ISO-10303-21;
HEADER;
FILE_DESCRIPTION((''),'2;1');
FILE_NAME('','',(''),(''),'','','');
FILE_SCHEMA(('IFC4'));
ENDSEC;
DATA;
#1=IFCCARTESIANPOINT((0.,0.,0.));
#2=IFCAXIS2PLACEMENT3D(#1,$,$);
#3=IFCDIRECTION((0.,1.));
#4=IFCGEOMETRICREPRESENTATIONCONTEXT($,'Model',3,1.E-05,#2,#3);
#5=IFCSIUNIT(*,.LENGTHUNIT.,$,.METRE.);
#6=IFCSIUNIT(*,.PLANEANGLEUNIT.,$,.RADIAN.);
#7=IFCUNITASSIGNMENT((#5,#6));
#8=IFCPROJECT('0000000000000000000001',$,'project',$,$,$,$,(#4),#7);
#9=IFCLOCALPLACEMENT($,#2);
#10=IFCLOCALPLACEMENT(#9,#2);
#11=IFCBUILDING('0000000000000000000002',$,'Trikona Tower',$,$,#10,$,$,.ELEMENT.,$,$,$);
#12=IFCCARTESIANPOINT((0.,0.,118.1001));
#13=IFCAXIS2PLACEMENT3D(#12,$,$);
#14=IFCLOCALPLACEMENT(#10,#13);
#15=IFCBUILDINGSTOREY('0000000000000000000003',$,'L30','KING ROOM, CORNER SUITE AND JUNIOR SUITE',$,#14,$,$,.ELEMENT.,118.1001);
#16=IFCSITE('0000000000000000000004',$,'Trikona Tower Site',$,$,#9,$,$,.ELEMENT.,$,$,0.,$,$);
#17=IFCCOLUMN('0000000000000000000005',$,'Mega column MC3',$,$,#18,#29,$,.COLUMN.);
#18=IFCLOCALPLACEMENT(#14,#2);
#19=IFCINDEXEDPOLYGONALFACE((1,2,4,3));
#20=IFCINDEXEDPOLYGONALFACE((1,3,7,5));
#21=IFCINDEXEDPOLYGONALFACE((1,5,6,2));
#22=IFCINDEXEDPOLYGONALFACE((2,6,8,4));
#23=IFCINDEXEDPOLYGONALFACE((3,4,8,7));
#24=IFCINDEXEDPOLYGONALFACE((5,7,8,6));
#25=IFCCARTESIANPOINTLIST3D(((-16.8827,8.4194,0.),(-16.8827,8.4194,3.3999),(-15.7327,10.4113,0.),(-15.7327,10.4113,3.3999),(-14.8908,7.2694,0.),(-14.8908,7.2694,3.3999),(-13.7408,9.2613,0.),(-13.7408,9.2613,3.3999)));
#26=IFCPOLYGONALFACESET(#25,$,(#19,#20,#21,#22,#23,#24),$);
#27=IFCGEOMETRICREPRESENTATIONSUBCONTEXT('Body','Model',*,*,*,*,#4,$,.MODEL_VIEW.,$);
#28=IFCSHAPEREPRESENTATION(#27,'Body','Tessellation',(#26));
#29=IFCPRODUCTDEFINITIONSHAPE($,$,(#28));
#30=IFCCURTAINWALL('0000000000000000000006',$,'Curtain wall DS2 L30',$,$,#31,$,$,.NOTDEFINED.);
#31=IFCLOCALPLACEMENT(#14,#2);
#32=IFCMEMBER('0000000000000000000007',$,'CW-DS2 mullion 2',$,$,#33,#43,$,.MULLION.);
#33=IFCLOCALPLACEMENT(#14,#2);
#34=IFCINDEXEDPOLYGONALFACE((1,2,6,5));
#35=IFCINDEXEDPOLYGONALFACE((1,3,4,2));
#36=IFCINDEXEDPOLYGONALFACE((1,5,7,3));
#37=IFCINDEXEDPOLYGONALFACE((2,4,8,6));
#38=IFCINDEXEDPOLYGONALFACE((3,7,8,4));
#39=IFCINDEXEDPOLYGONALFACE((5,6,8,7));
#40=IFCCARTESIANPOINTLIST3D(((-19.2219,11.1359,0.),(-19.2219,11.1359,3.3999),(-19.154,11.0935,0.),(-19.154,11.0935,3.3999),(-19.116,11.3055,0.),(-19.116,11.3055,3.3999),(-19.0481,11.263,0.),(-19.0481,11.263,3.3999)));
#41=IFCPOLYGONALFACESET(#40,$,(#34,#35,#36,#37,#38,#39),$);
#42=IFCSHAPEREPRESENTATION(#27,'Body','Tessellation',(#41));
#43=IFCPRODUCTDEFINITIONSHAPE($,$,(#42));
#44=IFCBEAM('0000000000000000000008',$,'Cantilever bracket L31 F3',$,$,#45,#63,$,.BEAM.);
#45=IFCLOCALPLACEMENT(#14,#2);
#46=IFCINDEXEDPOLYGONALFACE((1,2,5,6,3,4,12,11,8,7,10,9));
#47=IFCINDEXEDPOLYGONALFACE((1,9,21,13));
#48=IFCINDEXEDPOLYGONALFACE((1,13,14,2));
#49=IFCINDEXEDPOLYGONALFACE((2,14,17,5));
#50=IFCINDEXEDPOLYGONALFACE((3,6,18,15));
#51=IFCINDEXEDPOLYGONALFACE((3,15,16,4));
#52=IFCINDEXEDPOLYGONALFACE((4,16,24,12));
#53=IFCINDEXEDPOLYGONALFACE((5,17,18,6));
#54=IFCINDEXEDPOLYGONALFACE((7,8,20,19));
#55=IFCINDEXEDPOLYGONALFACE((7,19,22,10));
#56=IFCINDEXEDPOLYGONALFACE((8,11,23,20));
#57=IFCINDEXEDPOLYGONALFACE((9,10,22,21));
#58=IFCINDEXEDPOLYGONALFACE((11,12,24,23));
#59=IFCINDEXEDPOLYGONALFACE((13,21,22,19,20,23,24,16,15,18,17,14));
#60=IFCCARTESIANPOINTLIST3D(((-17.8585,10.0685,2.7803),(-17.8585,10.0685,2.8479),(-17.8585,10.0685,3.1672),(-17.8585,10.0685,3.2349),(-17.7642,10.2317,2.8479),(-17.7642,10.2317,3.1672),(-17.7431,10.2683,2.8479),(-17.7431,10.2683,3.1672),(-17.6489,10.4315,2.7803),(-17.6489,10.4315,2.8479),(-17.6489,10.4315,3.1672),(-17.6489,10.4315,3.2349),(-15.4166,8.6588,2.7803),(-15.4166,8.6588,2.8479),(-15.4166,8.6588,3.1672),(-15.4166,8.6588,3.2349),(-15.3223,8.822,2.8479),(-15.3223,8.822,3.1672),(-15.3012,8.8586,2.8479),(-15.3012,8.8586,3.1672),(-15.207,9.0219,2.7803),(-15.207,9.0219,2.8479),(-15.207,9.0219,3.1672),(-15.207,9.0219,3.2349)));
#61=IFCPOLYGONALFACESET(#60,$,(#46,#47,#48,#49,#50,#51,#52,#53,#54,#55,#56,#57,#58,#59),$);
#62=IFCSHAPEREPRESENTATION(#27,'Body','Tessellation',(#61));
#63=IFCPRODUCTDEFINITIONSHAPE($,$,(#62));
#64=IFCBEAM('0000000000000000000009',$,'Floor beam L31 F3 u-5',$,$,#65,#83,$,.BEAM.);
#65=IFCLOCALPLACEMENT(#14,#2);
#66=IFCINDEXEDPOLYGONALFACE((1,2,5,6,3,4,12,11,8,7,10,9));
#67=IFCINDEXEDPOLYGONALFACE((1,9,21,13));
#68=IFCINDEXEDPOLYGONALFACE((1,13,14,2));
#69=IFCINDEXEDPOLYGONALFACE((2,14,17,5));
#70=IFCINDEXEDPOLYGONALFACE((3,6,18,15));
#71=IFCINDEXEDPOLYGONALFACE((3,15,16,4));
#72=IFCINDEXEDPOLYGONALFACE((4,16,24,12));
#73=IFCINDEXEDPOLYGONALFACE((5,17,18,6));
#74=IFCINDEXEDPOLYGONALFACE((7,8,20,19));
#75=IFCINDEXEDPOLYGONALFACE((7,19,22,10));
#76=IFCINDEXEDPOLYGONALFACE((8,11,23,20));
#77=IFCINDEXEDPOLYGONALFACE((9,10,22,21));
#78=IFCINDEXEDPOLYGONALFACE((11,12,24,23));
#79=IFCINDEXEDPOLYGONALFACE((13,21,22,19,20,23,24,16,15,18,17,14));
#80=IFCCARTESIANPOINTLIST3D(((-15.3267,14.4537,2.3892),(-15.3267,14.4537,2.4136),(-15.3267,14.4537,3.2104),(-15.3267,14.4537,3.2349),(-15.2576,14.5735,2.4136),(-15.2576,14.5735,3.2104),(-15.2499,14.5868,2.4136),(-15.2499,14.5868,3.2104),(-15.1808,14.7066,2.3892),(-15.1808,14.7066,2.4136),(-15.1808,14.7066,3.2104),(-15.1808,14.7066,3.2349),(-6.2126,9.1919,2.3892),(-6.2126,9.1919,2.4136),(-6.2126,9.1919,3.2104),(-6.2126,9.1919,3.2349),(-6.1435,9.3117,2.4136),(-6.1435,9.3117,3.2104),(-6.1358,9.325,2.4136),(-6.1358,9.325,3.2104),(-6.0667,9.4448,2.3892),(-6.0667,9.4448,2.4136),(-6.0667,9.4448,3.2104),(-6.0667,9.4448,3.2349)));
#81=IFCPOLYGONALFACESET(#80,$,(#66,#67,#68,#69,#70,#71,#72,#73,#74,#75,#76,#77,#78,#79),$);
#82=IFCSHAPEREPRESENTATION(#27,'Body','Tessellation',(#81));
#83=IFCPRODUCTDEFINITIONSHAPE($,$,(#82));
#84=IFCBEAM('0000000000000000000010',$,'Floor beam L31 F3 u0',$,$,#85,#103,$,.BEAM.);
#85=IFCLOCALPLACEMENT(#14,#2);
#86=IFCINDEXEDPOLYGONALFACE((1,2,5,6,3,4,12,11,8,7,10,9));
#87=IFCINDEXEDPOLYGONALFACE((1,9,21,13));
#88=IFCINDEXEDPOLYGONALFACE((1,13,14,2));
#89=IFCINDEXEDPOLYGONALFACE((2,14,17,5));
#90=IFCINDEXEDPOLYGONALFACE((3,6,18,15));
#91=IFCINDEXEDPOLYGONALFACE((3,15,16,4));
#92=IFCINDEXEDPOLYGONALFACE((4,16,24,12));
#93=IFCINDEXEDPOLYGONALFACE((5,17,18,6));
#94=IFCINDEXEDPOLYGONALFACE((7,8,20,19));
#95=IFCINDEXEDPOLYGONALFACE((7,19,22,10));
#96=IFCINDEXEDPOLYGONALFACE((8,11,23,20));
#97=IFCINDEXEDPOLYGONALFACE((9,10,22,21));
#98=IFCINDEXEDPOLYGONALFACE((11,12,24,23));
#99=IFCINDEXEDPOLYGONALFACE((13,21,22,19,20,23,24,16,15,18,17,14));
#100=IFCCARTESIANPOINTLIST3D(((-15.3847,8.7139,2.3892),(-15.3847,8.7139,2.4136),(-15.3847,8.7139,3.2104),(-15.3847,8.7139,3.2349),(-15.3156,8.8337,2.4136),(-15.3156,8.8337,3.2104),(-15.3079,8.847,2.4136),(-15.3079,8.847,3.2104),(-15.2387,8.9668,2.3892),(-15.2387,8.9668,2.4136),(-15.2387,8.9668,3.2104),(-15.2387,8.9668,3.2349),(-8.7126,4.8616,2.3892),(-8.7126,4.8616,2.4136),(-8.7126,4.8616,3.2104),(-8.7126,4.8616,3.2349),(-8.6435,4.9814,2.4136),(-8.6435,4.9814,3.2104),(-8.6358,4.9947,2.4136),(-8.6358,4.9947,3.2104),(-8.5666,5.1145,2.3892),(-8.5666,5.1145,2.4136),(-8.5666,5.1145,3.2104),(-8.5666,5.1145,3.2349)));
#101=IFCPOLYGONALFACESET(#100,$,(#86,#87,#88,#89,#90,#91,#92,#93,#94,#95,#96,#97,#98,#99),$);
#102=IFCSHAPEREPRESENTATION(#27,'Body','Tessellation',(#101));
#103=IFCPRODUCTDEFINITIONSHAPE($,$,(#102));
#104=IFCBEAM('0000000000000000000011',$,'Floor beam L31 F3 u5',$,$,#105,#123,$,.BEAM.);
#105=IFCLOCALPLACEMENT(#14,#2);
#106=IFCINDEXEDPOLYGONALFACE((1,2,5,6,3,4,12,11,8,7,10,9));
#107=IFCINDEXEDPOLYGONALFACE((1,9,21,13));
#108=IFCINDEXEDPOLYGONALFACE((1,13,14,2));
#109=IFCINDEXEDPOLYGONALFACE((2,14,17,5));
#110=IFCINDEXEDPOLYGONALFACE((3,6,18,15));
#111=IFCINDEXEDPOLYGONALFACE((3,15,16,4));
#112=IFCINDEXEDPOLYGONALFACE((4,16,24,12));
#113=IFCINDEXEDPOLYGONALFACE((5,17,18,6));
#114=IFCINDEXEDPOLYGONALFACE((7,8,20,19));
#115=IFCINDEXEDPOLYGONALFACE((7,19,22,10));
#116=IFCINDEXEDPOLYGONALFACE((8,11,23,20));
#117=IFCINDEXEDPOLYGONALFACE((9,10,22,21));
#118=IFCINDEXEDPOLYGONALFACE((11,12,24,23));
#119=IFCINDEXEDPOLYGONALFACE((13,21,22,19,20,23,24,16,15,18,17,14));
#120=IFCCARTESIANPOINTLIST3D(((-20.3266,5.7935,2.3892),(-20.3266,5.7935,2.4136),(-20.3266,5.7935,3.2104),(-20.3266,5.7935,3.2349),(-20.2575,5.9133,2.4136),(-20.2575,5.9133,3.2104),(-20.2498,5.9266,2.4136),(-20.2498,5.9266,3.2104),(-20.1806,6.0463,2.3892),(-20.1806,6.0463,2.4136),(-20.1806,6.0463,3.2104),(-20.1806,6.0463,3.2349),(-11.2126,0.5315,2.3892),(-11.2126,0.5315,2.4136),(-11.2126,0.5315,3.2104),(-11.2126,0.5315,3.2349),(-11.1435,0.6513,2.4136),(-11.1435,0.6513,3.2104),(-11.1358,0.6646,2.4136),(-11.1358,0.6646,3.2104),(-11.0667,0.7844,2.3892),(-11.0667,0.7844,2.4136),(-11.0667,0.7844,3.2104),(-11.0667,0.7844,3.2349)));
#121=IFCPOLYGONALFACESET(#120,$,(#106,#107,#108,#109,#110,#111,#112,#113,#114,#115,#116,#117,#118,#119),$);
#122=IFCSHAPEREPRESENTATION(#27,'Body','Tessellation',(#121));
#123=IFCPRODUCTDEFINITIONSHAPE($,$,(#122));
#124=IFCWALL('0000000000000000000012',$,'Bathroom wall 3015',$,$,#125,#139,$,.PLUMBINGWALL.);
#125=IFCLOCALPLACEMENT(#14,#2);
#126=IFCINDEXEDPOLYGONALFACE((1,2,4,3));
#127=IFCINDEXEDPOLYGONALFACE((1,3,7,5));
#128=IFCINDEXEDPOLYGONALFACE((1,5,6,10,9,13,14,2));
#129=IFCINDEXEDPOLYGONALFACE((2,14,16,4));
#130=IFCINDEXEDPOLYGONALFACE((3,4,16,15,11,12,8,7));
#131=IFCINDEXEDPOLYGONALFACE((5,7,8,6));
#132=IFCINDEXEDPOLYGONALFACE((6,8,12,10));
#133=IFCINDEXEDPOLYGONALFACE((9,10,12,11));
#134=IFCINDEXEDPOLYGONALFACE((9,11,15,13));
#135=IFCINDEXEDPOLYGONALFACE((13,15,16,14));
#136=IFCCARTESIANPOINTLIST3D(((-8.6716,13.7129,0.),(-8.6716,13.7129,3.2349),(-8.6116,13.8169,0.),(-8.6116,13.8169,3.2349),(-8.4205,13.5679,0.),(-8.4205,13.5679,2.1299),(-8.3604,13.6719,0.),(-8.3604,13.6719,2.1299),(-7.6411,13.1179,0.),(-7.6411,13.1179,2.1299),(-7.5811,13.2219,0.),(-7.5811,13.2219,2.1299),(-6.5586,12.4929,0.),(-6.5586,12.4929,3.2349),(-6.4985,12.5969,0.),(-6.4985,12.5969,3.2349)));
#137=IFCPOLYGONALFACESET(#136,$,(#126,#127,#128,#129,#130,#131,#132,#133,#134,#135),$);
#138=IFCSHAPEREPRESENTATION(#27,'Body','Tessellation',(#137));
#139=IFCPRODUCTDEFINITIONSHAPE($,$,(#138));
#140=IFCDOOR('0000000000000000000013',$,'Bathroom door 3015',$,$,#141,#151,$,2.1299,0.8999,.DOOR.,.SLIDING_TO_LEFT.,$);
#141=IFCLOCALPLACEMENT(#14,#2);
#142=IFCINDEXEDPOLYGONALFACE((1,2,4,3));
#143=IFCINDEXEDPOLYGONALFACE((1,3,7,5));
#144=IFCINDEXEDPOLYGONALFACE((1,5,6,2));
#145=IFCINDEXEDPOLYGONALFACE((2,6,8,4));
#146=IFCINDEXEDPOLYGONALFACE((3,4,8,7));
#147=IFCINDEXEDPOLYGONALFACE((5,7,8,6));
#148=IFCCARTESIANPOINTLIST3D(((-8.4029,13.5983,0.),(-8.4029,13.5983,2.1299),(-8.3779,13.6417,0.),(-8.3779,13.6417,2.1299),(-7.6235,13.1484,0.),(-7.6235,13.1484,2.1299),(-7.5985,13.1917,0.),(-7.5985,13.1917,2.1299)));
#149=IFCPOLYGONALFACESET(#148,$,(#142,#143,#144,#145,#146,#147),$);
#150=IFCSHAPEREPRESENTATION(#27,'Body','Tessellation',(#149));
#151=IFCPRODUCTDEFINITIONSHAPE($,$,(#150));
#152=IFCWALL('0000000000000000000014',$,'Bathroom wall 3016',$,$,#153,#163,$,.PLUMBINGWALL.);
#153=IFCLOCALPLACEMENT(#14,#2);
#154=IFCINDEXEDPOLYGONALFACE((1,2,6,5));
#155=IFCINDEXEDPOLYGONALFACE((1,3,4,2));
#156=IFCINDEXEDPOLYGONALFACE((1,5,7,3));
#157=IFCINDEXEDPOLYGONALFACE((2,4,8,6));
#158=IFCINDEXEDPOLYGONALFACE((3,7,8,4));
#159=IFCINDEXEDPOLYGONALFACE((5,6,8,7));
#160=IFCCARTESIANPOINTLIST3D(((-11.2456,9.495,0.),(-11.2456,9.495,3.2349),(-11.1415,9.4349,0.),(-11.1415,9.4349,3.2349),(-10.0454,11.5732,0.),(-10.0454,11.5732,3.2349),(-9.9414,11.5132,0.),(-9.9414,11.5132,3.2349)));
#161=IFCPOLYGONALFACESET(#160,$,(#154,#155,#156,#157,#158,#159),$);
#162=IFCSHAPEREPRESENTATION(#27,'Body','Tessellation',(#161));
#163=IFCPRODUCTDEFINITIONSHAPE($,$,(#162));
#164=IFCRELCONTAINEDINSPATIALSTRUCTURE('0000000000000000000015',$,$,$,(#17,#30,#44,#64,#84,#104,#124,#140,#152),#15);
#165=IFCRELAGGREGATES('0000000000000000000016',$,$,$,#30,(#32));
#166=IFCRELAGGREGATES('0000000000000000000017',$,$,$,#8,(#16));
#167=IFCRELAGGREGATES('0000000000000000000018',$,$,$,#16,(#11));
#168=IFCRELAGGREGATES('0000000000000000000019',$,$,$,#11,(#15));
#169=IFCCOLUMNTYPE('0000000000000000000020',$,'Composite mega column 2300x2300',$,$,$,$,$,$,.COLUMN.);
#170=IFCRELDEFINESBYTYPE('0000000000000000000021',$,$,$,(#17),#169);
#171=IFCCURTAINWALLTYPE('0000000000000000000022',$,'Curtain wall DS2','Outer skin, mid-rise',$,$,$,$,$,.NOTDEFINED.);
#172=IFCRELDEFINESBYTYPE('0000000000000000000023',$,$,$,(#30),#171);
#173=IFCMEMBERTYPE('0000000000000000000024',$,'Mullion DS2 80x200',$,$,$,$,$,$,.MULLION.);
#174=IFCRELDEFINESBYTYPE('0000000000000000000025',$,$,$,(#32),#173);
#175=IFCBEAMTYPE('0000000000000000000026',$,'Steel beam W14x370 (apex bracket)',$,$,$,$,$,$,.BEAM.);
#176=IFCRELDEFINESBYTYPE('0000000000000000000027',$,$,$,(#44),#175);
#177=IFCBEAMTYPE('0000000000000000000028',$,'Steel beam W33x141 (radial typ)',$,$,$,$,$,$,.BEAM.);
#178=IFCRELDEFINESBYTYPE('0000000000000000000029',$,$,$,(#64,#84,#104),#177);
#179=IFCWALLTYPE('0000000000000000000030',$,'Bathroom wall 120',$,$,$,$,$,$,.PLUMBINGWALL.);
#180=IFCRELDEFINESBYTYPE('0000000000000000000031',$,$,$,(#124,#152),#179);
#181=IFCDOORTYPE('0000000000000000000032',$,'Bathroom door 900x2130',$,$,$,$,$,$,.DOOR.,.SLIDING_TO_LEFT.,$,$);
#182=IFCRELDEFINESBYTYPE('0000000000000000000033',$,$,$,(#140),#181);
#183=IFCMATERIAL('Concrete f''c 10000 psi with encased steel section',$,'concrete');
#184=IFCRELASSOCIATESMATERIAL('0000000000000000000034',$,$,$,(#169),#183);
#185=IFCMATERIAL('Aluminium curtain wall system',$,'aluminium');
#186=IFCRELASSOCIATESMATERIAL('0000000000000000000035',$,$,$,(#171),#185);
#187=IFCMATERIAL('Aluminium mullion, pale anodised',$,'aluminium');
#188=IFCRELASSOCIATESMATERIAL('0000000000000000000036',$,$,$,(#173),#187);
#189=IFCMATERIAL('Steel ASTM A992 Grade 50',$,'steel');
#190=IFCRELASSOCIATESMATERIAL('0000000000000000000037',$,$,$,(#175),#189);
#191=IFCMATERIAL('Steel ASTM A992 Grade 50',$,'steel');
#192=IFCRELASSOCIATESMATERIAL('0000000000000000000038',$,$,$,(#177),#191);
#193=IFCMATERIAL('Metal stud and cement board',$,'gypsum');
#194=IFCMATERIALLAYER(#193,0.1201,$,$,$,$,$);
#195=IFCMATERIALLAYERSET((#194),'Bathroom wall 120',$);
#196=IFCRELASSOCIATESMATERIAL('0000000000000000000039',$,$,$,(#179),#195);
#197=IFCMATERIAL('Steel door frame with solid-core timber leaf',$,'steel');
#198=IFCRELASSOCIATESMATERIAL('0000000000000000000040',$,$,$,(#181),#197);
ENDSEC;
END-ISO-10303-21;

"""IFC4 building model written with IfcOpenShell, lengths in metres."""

from ifc_helpers import new_model, si_unit, direction, frame, frame_2d, origin, origin_2d, place, context, subcontext, project, spatial, rectangle, i_section, extrude, material, layer, layer_set, material_profile, profile_set, type_object, element, fill, aggregate, save


model = new_model("IFC4")

# Units and contexts
model_context = context("Model", 3, precision=1e-05, world=origin(), true_north=direction((0.0, 1.0)))
body_context = subcontext(model_context, "Body", "Model", "MODEL_VIEW")
ifc_project = project(units=[si_unit("LENGTHUNIT", "METRE"), si_unit("PLANEANGLEUNIT", "RADIAN")], contexts=[model_context])

# Site, building, storey
site_placement = place(None, origin())
site = spatial("IfcSite", under=ifc_project, at=site_placement, Name="Trikona Tower Site", CompositionType="ELEMENT", RefElevation=0.0)
building_placement = place(site_placement, origin())
building = spatial("IfcBuilding", under=site, at=building_placement, Name="Trikona Tower", CompositionType="ELEMENT")
storey_placement = place(building_placement, frame((0.0, 0.0, 118.1001)))
storey = spatial("IfcBuildingStorey", under=building, at=storey_placement, Name="L30", Description="KING ROOM, CORNER SUITE AND JUNIOR SUITE", CompositionType="ELEMENT", Elevation=118.1001)

# Column
ifc_material_1 = material(Name="Concrete f'c 10000 psi with encased steel section", Category="concrete")
ifc_material_profile_1 = material_profile(ifc_material_1, rectangle(XDim=2.3, YDim=2.3, at=origin_2d()), Name="MC2300")
ifc_profile_set_1 = profile_set([ifc_material_profile_1], Name="Concrete f'c 10000 psi with encased steel section")
column_type = type_object("IfcColumnType", Name="Composite mega column 2300x2300", PredefinedType="COLUMN", material=ifc_profile_set_1)
column_placement = place(storey_placement, frame((-15.3118, 8.8403, 0.0), z_axis=(0.0, 0.0, 1.0), x_axis=(-0.866025, 0.5, 0.0)))
element("IfcColumn", 1, at=column_placement, inside=storey, type_object=column_type, Name="Mega column MC3", PredefinedType="COLUMN", context=body_context, shape_type="SweptSolid", body=[
    extrude(rectangle(XDim=2.3, YDim=2.3, at=origin_2d()), origin(), (0.0, 0.0, 1.0), 3.3999),
])

# Curtain wall, member
ifc_material_2 = material(Name="Aluminium curtain wall system", Category="aluminium")
curtain_wall_type = type_object("IfcCurtainWallType", Name="Curtain wall DS2", Description="Outer skin, mid-rise", PredefinedType="NOTDEFINED", material=ifc_material_2)
curtain_wall_placement = place(storey_placement, origin())
curtain_wall = element("IfcCurtainWall", 2, at=curtain_wall_placement, inside=storey, type_object=curtain_wall_type, Name="Curtain wall DS2 L30", PredefinedType="NOTDEFINED")
ifc_material_3 = material(Name="Aluminium mullion, pale anodised", Category="aluminium")
ifc_material_profile_2 = material_profile(ifc_material_3, rectangle(XDim=0.0801, YDim=0.2, at=origin_2d()), Name="MUL-DS2")
ifc_profile_set_2 = profile_set([ifc_material_profile_2], Name="Aluminium mullion, pale anodised")
member_type = type_object("IfcMemberType", Name="Mullion DS2 80x200", PredefinedType="MULLION", material=ifc_profile_set_2)
member_placement = place(storey_placement, frame((-19.135, 11.1995, 0.0), z_axis=(0.0, 0.0, 1.0), x_axis=(0.847998, -0.529999, 0.0)))
member = element("IfcMember", 3, at=member_placement, type_object=member_type, Name="CW-DS2 mullion 2", PredefinedType="MULLION", context=body_context, shape_type="SweptSolid", body=[
    extrude(rectangle(XDim=0.0801, YDim=0.2, at=origin_2d()), origin(), (0.0, 0.0, 1.0), 3.3999),
])
aggregate(curtain_wall, [member])

# Beams
ifc_material_4 = material(Name="Steel ASTM A992 Grade 50", Category="steel")
ifc_material_profile_3 = material_profile(ifc_material_4, i_section(OverallWidth=0.4192, OverallDepth=0.4546, WebThickness=0.0422, FlangeThickness=0.0676, at=origin_2d()), Name="W14X370")
ifc_profile_set_3 = profile_set([ifc_material_profile_3], Name="Steel ASTM A992 Grade 50")
beam_type_1 = type_object("IfcBeamType", Name="Steel beam W14x370 (apex bracket)", PredefinedType="BEAM", material=ifc_profile_set_3)
beam_1_placement = place(storey_placement, frame((-15.3118, 8.8403, 3.0076), z_axis=(-0.86605, 0.499957, 0.0), x_axis=(-0.499957, -0.86605, 0.0)))
element("IfcBeam", 4, at=beam_1_placement, inside=storey, type_object=beam_type_1, Name="Cantilever bracket L31 F3", PredefinedType="BEAM", context=body_context, shape_type="SweptSolid", body=[
    extrude(i_section(OverallWidth=0.4192, OverallDepth=0.4546, WebThickness=0.0422, FlangeThickness=0.0676, at=origin_2d()), origin(), (0.0, 0.0, 1.0), 2.8196),
])
ifc_material_5 = material(Name="Steel ASTM A992 Grade 50", Category="steel")
ifc_material_profile_4 = material_profile(ifc_material_5, i_section(OverallWidth=0.292, OverallDepth=0.8457, WebThickness=0.0154, FlangeThickness=0.0244, at=origin_2d()), Name="W33X141")
ifc_profile_set_4 = profile_set([ifc_material_profile_4], Name="Steel ASTM A992 Grade 50")
beam_type_2 = type_object("IfcBeamType", Name="Steel beam W33x141 (radial typ)", PredefinedType="BEAM", material=ifc_profile_set_4)
beam_2_placement = place(storey_placement, frame((-6.1396, 9.3184, 2.812), z_axis=(-0.866036, 0.499982, 0.0), x_axis=(-0.499982, -0.866036, 0.0)))
element("IfcBeam", 5, at=beam_2_placement, inside=storey, type_object=beam_type_2, Name="Floor beam L31 F3 u-5", PredefinedType="BEAM", context=body_context, shape_type="SweptSolid", body=[
    extrude(i_section(OverallWidth=0.292, OverallDepth=0.8457, WebThickness=0.0154, FlangeThickness=0.0244, at=origin_2d()), origin(), (0.0, 0.0, 1.0), 10.5239),
])
beam_3_placement = place(storey_placement, frame((-8.6396, 4.988, 2.812), z_axis=(-0.866017, 0.500014, 0.0), x_axis=(-0.500014, -0.866017, 0.0)))
element("IfcBeam", 6, at=beam_3_placement, inside=storey, type_object=beam_type_2, Name="Floor beam L31 F3 u0", PredefinedType="BEAM", context=body_context, shape_type="SweptSolid", body=[
    extrude(i_section(OverallWidth=0.292, OverallDepth=0.8457, WebThickness=0.0154, FlangeThickness=0.0244, at=origin_2d()), origin(), (0.0, 0.0, 1.0), 7.7043),
])
beam_4_placement = place(storey_placement, frame((-11.1396, 0.658, 2.812), z_axis=(-0.866026, 0.499999, 0.0), x_axis=(-0.499999, -0.866026, 0.0)))
element("IfcBeam", 7, at=beam_4_placement, inside=storey, type_object=beam_type_2, Name="Floor beam L31 F3 u5", PredefinedType="BEAM", context=body_context, shape_type="SweptSolid", body=[
    extrude(i_section(OverallWidth=0.292, OverallDepth=0.8457, WebThickness=0.0154, FlangeThickness=0.0244, at=origin_2d()), origin(), (0.0, 0.0, 1.0), 10.5239),
])

# Wall, opening, door
ifc_material_6 = material(Name="Metal stud and cement board", Category="gypsum")
ifc_layer_1 = layer(ifc_material_6, 0.1201)
ifc_layer_set_1 = layer_set([ifc_layer_1], Name="Bathroom wall 120")
wall_type_1 = type_object("IfcWallType", Name="Bathroom wall 120", PredefinedType="PLUMBINGWALL", material=ifc_layer_set_1)
wall_1_placement = place(storey_placement, frame((-6.5286, 12.5449, 0.0), z_axis=(0.0, 0.0, 1.0), x_axis=(-0.866024, 0.500003, 0.0)))
wall_1 = element("IfcWall", 8, at=wall_1_placement, inside=storey, type_object=wall_type_1, Name="Bathroom wall 3015", PredefinedType="PLUMBINGWALL", context=body_context, shape_type="SweptSolid", body=[
    extrude(rectangle(XDim=2.4399, YDim=0.1201, at=frame_2d((1.22, 0.0))), origin(), (0.0, 0.0, 1.0), 3.2349),
])
opening_1_placement = place(wall_1_placement, frame((1.25, 0.0, 0.0)))
opening_1 = element("IfcOpeningElement", 9, at=opening_1_placement, cuts=wall_1, PredefinedType="OPENING", context=body_context, shape_type="SweptSolid", body=[
    extrude(rectangle(XDim=0.8999, YDim=2.1299, at=frame_2d((0.45, 1.0649))), frame((0.0, 0.0701, 0.0), z_axis=(0.0, -1.0, 0.0), x_axis=(1.0, 0.0, 0.0)), (0.0, 0.0, 1.0), 0.1401),
])
ifc_material_7 = material(Name="Steel door frame with solid-core timber leaf", Category="steel")
door_type_1 = type_object("IfcDoorType", Name="Bathroom door 900x2130", OperationType="SLIDING_TO_LEFT", PredefinedType="DOOR", material=ifc_material_7)
door_1_placement = place(opening_1_placement, origin())
door_1 = element("IfcDoor", 10, at=door_1_placement, inside=storey, type_object=door_type_1, Name="Bathroom door 3015", OperationType="SLIDING_TO_LEFT", OverallHeight=2.1299, OverallWidth=0.8999, PredefinedType="DOOR", context=body_context, shape_type="SweptSolid", body=[
    extrude(rectangle(XDim=0.8999, YDim=2.1299, at=frame_2d((0.45, 1.0649))), frame((0.0, 0.0249, 0.0), z_axis=(0.0, -1.0, 0.0), x_axis=(1.0, 0.0, 0.0)), (0.0, 0.0, 1.0), 0.05),
])
fill(opening_1, door_1)

# Wall
wall_2_placement = place(storey_placement, frame((-9.9934, 11.5432, 0.0), z_axis=(0.0, 0.0, 1.0), x_axis=(-0.500078, -0.865981, 0.0)))
element("IfcWall", 11, at=wall_2_placement, inside=storey, type_object=wall_type_1, Name="Bathroom wall 3016", PredefinedType="PLUMBINGWALL", context=body_context, shape_type="SweptSolid", body=[
    extrude(rectangle(XDim=2.3999, YDim=0.1201, at=frame_2d((1.2, 0.0))), origin(), (0.0, 0.0, 1.0), 3.2349),
])

save(model, "model.ifc")
